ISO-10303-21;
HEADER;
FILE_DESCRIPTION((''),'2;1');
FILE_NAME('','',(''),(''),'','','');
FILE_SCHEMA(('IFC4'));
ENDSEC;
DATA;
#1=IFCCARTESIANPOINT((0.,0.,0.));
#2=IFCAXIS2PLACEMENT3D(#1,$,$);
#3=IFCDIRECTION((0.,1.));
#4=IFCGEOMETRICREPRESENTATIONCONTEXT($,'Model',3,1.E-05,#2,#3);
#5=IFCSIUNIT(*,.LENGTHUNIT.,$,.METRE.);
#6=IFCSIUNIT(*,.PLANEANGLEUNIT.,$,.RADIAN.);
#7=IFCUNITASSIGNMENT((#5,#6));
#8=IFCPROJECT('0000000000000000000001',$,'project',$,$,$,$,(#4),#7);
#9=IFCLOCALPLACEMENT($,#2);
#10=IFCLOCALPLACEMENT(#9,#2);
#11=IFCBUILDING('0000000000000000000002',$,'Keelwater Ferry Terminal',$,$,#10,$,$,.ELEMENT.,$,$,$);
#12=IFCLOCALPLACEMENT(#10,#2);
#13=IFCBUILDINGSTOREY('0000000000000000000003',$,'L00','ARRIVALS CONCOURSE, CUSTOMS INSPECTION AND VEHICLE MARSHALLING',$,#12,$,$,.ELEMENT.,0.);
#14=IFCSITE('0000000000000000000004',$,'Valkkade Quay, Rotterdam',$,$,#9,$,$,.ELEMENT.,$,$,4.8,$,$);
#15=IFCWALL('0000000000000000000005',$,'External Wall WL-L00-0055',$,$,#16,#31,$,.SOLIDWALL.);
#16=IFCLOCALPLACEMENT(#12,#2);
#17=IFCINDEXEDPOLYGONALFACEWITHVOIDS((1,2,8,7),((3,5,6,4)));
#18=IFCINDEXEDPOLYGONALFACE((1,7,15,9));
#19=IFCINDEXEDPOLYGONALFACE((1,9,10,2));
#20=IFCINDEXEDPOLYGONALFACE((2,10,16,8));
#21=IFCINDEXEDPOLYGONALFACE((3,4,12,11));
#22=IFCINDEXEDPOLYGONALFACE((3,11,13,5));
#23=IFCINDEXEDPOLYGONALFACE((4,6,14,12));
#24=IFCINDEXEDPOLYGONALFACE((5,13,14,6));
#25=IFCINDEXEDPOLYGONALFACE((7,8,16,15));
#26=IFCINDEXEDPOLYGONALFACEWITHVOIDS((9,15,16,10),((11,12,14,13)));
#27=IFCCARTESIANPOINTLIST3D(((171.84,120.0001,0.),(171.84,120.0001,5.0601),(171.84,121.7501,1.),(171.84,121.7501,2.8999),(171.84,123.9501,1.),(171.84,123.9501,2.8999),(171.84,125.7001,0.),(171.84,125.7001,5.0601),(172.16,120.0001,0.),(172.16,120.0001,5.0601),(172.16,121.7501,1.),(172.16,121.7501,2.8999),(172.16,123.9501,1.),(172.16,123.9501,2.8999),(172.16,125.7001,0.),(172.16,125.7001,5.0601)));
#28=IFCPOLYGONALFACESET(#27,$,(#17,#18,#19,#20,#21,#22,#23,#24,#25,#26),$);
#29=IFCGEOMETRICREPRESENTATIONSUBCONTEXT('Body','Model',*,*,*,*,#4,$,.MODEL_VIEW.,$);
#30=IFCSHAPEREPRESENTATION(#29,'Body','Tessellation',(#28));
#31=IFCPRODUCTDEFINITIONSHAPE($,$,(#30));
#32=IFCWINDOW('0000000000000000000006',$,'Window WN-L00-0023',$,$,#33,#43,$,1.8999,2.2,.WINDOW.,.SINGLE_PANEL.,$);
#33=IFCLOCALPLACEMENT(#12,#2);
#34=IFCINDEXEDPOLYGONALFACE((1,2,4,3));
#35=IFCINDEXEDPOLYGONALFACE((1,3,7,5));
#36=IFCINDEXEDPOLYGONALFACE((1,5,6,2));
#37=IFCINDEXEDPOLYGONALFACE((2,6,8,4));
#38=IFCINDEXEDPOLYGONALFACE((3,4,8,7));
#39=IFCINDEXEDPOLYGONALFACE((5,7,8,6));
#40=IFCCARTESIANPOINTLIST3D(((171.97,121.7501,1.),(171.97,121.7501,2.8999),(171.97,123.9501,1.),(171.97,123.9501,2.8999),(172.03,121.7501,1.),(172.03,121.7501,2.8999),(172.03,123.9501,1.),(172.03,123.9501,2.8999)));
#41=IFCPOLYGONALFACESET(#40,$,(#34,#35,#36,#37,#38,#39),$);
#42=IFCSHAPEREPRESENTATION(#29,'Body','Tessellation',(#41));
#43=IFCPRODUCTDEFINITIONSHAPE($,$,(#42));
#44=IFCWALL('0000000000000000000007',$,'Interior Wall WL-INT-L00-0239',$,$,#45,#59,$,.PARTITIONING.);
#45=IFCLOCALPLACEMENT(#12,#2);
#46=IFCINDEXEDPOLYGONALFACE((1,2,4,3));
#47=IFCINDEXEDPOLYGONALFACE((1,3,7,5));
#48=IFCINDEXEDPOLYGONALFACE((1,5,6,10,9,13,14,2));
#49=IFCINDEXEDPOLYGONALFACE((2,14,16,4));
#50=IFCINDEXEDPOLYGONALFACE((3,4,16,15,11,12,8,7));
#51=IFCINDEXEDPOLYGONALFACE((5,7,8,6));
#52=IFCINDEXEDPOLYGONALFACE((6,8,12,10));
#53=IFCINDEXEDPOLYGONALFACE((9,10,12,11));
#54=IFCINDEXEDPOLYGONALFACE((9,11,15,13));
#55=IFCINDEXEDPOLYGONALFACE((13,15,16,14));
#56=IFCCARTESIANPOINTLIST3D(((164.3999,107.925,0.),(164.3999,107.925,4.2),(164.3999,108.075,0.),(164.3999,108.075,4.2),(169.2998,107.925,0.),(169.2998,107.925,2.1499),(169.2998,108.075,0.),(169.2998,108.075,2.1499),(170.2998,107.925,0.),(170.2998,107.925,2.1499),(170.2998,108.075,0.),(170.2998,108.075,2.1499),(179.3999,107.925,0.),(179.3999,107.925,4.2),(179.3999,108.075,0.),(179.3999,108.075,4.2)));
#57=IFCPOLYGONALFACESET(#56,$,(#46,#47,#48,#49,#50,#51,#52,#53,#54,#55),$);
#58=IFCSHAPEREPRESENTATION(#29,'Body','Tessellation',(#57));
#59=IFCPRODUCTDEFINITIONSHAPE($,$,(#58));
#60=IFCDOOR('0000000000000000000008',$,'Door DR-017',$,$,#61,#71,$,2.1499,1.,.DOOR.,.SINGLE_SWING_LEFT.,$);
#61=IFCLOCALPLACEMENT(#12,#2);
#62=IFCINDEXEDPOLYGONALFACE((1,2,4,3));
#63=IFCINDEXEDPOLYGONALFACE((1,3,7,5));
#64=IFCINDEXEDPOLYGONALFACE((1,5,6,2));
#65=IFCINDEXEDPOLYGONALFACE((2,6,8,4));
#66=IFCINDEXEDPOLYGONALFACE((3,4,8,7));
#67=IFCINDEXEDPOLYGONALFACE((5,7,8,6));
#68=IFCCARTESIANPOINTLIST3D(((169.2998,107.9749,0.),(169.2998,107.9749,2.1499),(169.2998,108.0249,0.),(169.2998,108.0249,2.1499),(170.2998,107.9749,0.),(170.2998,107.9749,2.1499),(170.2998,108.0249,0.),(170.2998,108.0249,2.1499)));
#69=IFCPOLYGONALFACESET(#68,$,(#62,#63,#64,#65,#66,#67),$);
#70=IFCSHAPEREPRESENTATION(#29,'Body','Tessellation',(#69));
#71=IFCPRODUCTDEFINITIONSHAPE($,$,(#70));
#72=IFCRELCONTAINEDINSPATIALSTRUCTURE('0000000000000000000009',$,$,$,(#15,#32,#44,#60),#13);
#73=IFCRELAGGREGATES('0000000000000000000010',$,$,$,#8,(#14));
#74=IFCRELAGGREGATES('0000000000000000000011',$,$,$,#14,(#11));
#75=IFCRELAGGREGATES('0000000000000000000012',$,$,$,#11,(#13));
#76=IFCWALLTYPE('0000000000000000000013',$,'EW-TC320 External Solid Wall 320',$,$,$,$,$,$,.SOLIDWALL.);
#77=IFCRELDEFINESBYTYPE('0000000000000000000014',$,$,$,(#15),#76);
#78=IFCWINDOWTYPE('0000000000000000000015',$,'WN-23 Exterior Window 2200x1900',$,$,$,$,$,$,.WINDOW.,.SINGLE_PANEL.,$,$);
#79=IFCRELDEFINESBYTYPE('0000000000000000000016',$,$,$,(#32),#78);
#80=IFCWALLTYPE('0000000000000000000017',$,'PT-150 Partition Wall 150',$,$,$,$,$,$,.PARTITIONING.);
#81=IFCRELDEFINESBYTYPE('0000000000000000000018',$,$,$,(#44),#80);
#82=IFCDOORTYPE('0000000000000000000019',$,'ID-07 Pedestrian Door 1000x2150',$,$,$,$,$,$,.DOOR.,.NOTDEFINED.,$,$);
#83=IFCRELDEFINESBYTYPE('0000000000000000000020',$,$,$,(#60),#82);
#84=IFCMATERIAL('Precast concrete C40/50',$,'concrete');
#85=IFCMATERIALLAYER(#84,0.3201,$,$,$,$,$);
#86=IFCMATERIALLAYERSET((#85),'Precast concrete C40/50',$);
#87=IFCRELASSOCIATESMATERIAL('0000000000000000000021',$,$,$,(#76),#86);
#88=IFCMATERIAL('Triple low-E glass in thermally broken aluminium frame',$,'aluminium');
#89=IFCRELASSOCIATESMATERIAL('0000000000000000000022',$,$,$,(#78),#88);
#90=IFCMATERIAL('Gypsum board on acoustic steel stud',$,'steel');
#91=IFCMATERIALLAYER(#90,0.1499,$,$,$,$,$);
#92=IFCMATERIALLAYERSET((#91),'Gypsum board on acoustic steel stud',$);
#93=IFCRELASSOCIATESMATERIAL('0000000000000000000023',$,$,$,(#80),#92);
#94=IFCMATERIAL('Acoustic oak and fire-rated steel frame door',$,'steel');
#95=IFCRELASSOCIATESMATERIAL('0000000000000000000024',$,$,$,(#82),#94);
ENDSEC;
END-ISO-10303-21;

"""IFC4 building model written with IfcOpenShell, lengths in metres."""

from ifc_helpers import new_model, si_unit, direction, frame, frame_2d, origin, place, context, subcontext, project, spatial, rectangle, extrude, material, layer, layer_set, type_object, element, fill, save


model = new_model("IFC4")

# Units and contexts
model_context = context("Model", 3, precision=1e-05, world=origin(), true_north=direction((0.0, 1.0)))
body_context = subcontext(model_context, "Body", "Model", "MODEL_VIEW")
ifc_project = project(units=[si_unit("LENGTHUNIT", "METRE"), si_unit("PLANEANGLEUNIT", "RADIAN")], contexts=[model_context])

# Site, building, storey
site_placement = place(None, origin())
site = spatial("IfcSite", under=ifc_project, at=site_placement, Name="Valkkade Quay, Rotterdam", CompositionType="ELEMENT", RefElevation=4.8)
building_placement = place(site_placement, origin())
building = spatial("IfcBuilding", under=site, at=building_placement, Name="Keelwater Ferry Terminal", CompositionType="ELEMENT")
storey_placement = place(building_placement, origin())
storey = spatial("IfcBuildingStorey", under=building, at=storey_placement, Name="L00", Description="ARRIVALS CONCOURSE, CUSTOMS INSPECTION AND VEHICLE MARSHALLING", CompositionType="ELEMENT", Elevation=0.0)

# Wall, opening, window
ifc_material_1 = material(Name="Precast concrete C40/50", Category="concrete")
ifc_layer_1 = layer(ifc_material_1, 0.3201)
ifc_layer_set_1 = layer_set([ifc_layer_1], Name="Precast concrete C40/50")
wall_type_1 = type_object("IfcWallType", Name="EW-TC320 External Solid Wall 320", PredefinedType="SOLIDWALL", material=ifc_layer_set_1)
wall_1_placement = place(storey_placement, frame((172.0, 120.0, 0.0), z_axis=(0.0, 0.0, 1.0), x_axis=(0.0, 1.0, 0.0)))
wall_1 = element("IfcWall", 1, at=wall_1_placement, inside=storey, type_object=wall_type_1, Name="External Wall WL-L00-0055", PredefinedType="SOLIDWALL", context=body_context, shape_type="SweptSolid", body=[
    extrude(rectangle(XDim=5.7, YDim=0.3201, at=frame_2d((2.8501, 0.0))), origin(), (0.0, 0.0, 1.0), 5.0601),
])
opening_1_placement = place(wall_1_placement, frame((1.75, 0.0, 1.0)))
opening_1 = element("IfcOpeningElement", 2, at=opening_1_placement, cuts=wall_1, PredefinedType="OPENING", context=body_context, shape_type="SweptSolid", body=[
    extrude(rectangle(XDim=2.2, YDim=1.8999, at=frame_2d((1.1001, 0.95))), frame((0.0, 0.1702, 0.0), z_axis=(0.0, -1.0, 0.0), x_axis=(1.0, 0.0, 0.0)), (0.0, 0.0, 1.0), 0.3401),
])
ifc_material_2 = material(Name="Triple low-E glass in thermally broken aluminium frame", Category="aluminium")
window_type = type_object("IfcWindowType", Name="WN-23 Exterior Window 2200x1900", PartitioningType="SINGLE_PANEL", PredefinedType="WINDOW", material=ifc_material_2)
window_placement = place(opening_1_placement, origin())
window = element("IfcWindow", 3, at=window_placement, inside=storey, type_object=window_type, Name="Window WN-L00-0023", OverallHeight=1.8999, OverallWidth=2.2, PartitioningType="SINGLE_PANEL", PredefinedType="WINDOW", context=body_context, shape_type="SweptSolid", body=[
    extrude(rectangle(XDim=2.2, YDim=1.8999, at=frame_2d((1.1001, 0.95))), frame((0.0, 0.03, 0.0), z_axis=(0.0, -1.0, 0.0), x_axis=(1.0, 0.0, 0.0)), (0.0, 0.0, 1.0), 0.0601),
])
fill(opening_1, window)

# Wall, opening, door
ifc_material_3 = material(Name="Gypsum board on acoustic steel stud", Category="steel")
ifc_layer_2 = layer(ifc_material_3, 0.1499)
ifc_layer_set_2 = layer_set([ifc_layer_2], Name="Gypsum board on acoustic steel stud")
wall_type_2 = type_object("IfcWallType", Name="PT-150 Partition Wall 150", PredefinedType="PARTITIONING", material=ifc_layer_set_2)
wall_2_placement = place(storey_placement, frame((164.3999, 108.0, 0.0), z_axis=(0.0, 0.0, 1.0), x_axis=(1.0, 0.0, 0.0)))
wall_2 = element("IfcWall", 4, at=wall_2_placement, inside=storey, type_object=wall_type_2, Name="Interior Wall WL-INT-L00-0239", PredefinedType="PARTITIONING", context=body_context, shape_type="SweptSolid", body=[
    extrude(rectangle(XDim=15.0, YDim=0.1499, at=frame_2d((7.5, 0.0))), origin(), (0.0, 0.0, 1.0), 4.2),
])
opening_2_placement = place(wall_2_placement, frame((4.8999, 0.0, 0.0)))
opening_2 = element("IfcOpeningElement", 5, at=opening_2_placement, cuts=wall_2, PredefinedType="OPENING", context=body_context, shape_type="SweptSolid", body=[
    extrude(rectangle(XDim=1.0, YDim=2.1499, at=frame_2d((0.5, 1.075))), frame((0.0, 0.085, 0.0), z_axis=(0.0, -1.0, 0.0), x_axis=(1.0, 0.0, 0.0)), (0.0, 0.0, 1.0), 0.1699),
])
ifc_material_4 = material(Name="Acoustic oak and fire-rated steel frame door", Category="steel")
door_type = type_object("IfcDoorType", Name="ID-07 Pedestrian Door 1000x2150", OperationType="NOTDEFINED", PredefinedType="DOOR", material=ifc_material_4)
door_placement = place(opening_2_placement, origin())
door = element("IfcDoor", 6, at=door_placement, inside=storey, type_object=door_type, Name="Door DR-017", OperationType="SINGLE_SWING_LEFT", OverallHeight=2.1499, OverallWidth=1.0, PredefinedType="DOOR", context=body_context, shape_type="SweptSolid", body=[
    extrude(rectangle(XDim=1.0, YDim=2.1499, at=frame_2d((0.5, 1.075))), frame((0.0, 0.0249, 0.0), z_axis=(0.0, -1.0, 0.0), x_axis=(1.0, 0.0, 0.0)), (0.0, 0.0, 1.0), 0.05),
])
fill(opening_2, door)

save(model, "model.ifc")
